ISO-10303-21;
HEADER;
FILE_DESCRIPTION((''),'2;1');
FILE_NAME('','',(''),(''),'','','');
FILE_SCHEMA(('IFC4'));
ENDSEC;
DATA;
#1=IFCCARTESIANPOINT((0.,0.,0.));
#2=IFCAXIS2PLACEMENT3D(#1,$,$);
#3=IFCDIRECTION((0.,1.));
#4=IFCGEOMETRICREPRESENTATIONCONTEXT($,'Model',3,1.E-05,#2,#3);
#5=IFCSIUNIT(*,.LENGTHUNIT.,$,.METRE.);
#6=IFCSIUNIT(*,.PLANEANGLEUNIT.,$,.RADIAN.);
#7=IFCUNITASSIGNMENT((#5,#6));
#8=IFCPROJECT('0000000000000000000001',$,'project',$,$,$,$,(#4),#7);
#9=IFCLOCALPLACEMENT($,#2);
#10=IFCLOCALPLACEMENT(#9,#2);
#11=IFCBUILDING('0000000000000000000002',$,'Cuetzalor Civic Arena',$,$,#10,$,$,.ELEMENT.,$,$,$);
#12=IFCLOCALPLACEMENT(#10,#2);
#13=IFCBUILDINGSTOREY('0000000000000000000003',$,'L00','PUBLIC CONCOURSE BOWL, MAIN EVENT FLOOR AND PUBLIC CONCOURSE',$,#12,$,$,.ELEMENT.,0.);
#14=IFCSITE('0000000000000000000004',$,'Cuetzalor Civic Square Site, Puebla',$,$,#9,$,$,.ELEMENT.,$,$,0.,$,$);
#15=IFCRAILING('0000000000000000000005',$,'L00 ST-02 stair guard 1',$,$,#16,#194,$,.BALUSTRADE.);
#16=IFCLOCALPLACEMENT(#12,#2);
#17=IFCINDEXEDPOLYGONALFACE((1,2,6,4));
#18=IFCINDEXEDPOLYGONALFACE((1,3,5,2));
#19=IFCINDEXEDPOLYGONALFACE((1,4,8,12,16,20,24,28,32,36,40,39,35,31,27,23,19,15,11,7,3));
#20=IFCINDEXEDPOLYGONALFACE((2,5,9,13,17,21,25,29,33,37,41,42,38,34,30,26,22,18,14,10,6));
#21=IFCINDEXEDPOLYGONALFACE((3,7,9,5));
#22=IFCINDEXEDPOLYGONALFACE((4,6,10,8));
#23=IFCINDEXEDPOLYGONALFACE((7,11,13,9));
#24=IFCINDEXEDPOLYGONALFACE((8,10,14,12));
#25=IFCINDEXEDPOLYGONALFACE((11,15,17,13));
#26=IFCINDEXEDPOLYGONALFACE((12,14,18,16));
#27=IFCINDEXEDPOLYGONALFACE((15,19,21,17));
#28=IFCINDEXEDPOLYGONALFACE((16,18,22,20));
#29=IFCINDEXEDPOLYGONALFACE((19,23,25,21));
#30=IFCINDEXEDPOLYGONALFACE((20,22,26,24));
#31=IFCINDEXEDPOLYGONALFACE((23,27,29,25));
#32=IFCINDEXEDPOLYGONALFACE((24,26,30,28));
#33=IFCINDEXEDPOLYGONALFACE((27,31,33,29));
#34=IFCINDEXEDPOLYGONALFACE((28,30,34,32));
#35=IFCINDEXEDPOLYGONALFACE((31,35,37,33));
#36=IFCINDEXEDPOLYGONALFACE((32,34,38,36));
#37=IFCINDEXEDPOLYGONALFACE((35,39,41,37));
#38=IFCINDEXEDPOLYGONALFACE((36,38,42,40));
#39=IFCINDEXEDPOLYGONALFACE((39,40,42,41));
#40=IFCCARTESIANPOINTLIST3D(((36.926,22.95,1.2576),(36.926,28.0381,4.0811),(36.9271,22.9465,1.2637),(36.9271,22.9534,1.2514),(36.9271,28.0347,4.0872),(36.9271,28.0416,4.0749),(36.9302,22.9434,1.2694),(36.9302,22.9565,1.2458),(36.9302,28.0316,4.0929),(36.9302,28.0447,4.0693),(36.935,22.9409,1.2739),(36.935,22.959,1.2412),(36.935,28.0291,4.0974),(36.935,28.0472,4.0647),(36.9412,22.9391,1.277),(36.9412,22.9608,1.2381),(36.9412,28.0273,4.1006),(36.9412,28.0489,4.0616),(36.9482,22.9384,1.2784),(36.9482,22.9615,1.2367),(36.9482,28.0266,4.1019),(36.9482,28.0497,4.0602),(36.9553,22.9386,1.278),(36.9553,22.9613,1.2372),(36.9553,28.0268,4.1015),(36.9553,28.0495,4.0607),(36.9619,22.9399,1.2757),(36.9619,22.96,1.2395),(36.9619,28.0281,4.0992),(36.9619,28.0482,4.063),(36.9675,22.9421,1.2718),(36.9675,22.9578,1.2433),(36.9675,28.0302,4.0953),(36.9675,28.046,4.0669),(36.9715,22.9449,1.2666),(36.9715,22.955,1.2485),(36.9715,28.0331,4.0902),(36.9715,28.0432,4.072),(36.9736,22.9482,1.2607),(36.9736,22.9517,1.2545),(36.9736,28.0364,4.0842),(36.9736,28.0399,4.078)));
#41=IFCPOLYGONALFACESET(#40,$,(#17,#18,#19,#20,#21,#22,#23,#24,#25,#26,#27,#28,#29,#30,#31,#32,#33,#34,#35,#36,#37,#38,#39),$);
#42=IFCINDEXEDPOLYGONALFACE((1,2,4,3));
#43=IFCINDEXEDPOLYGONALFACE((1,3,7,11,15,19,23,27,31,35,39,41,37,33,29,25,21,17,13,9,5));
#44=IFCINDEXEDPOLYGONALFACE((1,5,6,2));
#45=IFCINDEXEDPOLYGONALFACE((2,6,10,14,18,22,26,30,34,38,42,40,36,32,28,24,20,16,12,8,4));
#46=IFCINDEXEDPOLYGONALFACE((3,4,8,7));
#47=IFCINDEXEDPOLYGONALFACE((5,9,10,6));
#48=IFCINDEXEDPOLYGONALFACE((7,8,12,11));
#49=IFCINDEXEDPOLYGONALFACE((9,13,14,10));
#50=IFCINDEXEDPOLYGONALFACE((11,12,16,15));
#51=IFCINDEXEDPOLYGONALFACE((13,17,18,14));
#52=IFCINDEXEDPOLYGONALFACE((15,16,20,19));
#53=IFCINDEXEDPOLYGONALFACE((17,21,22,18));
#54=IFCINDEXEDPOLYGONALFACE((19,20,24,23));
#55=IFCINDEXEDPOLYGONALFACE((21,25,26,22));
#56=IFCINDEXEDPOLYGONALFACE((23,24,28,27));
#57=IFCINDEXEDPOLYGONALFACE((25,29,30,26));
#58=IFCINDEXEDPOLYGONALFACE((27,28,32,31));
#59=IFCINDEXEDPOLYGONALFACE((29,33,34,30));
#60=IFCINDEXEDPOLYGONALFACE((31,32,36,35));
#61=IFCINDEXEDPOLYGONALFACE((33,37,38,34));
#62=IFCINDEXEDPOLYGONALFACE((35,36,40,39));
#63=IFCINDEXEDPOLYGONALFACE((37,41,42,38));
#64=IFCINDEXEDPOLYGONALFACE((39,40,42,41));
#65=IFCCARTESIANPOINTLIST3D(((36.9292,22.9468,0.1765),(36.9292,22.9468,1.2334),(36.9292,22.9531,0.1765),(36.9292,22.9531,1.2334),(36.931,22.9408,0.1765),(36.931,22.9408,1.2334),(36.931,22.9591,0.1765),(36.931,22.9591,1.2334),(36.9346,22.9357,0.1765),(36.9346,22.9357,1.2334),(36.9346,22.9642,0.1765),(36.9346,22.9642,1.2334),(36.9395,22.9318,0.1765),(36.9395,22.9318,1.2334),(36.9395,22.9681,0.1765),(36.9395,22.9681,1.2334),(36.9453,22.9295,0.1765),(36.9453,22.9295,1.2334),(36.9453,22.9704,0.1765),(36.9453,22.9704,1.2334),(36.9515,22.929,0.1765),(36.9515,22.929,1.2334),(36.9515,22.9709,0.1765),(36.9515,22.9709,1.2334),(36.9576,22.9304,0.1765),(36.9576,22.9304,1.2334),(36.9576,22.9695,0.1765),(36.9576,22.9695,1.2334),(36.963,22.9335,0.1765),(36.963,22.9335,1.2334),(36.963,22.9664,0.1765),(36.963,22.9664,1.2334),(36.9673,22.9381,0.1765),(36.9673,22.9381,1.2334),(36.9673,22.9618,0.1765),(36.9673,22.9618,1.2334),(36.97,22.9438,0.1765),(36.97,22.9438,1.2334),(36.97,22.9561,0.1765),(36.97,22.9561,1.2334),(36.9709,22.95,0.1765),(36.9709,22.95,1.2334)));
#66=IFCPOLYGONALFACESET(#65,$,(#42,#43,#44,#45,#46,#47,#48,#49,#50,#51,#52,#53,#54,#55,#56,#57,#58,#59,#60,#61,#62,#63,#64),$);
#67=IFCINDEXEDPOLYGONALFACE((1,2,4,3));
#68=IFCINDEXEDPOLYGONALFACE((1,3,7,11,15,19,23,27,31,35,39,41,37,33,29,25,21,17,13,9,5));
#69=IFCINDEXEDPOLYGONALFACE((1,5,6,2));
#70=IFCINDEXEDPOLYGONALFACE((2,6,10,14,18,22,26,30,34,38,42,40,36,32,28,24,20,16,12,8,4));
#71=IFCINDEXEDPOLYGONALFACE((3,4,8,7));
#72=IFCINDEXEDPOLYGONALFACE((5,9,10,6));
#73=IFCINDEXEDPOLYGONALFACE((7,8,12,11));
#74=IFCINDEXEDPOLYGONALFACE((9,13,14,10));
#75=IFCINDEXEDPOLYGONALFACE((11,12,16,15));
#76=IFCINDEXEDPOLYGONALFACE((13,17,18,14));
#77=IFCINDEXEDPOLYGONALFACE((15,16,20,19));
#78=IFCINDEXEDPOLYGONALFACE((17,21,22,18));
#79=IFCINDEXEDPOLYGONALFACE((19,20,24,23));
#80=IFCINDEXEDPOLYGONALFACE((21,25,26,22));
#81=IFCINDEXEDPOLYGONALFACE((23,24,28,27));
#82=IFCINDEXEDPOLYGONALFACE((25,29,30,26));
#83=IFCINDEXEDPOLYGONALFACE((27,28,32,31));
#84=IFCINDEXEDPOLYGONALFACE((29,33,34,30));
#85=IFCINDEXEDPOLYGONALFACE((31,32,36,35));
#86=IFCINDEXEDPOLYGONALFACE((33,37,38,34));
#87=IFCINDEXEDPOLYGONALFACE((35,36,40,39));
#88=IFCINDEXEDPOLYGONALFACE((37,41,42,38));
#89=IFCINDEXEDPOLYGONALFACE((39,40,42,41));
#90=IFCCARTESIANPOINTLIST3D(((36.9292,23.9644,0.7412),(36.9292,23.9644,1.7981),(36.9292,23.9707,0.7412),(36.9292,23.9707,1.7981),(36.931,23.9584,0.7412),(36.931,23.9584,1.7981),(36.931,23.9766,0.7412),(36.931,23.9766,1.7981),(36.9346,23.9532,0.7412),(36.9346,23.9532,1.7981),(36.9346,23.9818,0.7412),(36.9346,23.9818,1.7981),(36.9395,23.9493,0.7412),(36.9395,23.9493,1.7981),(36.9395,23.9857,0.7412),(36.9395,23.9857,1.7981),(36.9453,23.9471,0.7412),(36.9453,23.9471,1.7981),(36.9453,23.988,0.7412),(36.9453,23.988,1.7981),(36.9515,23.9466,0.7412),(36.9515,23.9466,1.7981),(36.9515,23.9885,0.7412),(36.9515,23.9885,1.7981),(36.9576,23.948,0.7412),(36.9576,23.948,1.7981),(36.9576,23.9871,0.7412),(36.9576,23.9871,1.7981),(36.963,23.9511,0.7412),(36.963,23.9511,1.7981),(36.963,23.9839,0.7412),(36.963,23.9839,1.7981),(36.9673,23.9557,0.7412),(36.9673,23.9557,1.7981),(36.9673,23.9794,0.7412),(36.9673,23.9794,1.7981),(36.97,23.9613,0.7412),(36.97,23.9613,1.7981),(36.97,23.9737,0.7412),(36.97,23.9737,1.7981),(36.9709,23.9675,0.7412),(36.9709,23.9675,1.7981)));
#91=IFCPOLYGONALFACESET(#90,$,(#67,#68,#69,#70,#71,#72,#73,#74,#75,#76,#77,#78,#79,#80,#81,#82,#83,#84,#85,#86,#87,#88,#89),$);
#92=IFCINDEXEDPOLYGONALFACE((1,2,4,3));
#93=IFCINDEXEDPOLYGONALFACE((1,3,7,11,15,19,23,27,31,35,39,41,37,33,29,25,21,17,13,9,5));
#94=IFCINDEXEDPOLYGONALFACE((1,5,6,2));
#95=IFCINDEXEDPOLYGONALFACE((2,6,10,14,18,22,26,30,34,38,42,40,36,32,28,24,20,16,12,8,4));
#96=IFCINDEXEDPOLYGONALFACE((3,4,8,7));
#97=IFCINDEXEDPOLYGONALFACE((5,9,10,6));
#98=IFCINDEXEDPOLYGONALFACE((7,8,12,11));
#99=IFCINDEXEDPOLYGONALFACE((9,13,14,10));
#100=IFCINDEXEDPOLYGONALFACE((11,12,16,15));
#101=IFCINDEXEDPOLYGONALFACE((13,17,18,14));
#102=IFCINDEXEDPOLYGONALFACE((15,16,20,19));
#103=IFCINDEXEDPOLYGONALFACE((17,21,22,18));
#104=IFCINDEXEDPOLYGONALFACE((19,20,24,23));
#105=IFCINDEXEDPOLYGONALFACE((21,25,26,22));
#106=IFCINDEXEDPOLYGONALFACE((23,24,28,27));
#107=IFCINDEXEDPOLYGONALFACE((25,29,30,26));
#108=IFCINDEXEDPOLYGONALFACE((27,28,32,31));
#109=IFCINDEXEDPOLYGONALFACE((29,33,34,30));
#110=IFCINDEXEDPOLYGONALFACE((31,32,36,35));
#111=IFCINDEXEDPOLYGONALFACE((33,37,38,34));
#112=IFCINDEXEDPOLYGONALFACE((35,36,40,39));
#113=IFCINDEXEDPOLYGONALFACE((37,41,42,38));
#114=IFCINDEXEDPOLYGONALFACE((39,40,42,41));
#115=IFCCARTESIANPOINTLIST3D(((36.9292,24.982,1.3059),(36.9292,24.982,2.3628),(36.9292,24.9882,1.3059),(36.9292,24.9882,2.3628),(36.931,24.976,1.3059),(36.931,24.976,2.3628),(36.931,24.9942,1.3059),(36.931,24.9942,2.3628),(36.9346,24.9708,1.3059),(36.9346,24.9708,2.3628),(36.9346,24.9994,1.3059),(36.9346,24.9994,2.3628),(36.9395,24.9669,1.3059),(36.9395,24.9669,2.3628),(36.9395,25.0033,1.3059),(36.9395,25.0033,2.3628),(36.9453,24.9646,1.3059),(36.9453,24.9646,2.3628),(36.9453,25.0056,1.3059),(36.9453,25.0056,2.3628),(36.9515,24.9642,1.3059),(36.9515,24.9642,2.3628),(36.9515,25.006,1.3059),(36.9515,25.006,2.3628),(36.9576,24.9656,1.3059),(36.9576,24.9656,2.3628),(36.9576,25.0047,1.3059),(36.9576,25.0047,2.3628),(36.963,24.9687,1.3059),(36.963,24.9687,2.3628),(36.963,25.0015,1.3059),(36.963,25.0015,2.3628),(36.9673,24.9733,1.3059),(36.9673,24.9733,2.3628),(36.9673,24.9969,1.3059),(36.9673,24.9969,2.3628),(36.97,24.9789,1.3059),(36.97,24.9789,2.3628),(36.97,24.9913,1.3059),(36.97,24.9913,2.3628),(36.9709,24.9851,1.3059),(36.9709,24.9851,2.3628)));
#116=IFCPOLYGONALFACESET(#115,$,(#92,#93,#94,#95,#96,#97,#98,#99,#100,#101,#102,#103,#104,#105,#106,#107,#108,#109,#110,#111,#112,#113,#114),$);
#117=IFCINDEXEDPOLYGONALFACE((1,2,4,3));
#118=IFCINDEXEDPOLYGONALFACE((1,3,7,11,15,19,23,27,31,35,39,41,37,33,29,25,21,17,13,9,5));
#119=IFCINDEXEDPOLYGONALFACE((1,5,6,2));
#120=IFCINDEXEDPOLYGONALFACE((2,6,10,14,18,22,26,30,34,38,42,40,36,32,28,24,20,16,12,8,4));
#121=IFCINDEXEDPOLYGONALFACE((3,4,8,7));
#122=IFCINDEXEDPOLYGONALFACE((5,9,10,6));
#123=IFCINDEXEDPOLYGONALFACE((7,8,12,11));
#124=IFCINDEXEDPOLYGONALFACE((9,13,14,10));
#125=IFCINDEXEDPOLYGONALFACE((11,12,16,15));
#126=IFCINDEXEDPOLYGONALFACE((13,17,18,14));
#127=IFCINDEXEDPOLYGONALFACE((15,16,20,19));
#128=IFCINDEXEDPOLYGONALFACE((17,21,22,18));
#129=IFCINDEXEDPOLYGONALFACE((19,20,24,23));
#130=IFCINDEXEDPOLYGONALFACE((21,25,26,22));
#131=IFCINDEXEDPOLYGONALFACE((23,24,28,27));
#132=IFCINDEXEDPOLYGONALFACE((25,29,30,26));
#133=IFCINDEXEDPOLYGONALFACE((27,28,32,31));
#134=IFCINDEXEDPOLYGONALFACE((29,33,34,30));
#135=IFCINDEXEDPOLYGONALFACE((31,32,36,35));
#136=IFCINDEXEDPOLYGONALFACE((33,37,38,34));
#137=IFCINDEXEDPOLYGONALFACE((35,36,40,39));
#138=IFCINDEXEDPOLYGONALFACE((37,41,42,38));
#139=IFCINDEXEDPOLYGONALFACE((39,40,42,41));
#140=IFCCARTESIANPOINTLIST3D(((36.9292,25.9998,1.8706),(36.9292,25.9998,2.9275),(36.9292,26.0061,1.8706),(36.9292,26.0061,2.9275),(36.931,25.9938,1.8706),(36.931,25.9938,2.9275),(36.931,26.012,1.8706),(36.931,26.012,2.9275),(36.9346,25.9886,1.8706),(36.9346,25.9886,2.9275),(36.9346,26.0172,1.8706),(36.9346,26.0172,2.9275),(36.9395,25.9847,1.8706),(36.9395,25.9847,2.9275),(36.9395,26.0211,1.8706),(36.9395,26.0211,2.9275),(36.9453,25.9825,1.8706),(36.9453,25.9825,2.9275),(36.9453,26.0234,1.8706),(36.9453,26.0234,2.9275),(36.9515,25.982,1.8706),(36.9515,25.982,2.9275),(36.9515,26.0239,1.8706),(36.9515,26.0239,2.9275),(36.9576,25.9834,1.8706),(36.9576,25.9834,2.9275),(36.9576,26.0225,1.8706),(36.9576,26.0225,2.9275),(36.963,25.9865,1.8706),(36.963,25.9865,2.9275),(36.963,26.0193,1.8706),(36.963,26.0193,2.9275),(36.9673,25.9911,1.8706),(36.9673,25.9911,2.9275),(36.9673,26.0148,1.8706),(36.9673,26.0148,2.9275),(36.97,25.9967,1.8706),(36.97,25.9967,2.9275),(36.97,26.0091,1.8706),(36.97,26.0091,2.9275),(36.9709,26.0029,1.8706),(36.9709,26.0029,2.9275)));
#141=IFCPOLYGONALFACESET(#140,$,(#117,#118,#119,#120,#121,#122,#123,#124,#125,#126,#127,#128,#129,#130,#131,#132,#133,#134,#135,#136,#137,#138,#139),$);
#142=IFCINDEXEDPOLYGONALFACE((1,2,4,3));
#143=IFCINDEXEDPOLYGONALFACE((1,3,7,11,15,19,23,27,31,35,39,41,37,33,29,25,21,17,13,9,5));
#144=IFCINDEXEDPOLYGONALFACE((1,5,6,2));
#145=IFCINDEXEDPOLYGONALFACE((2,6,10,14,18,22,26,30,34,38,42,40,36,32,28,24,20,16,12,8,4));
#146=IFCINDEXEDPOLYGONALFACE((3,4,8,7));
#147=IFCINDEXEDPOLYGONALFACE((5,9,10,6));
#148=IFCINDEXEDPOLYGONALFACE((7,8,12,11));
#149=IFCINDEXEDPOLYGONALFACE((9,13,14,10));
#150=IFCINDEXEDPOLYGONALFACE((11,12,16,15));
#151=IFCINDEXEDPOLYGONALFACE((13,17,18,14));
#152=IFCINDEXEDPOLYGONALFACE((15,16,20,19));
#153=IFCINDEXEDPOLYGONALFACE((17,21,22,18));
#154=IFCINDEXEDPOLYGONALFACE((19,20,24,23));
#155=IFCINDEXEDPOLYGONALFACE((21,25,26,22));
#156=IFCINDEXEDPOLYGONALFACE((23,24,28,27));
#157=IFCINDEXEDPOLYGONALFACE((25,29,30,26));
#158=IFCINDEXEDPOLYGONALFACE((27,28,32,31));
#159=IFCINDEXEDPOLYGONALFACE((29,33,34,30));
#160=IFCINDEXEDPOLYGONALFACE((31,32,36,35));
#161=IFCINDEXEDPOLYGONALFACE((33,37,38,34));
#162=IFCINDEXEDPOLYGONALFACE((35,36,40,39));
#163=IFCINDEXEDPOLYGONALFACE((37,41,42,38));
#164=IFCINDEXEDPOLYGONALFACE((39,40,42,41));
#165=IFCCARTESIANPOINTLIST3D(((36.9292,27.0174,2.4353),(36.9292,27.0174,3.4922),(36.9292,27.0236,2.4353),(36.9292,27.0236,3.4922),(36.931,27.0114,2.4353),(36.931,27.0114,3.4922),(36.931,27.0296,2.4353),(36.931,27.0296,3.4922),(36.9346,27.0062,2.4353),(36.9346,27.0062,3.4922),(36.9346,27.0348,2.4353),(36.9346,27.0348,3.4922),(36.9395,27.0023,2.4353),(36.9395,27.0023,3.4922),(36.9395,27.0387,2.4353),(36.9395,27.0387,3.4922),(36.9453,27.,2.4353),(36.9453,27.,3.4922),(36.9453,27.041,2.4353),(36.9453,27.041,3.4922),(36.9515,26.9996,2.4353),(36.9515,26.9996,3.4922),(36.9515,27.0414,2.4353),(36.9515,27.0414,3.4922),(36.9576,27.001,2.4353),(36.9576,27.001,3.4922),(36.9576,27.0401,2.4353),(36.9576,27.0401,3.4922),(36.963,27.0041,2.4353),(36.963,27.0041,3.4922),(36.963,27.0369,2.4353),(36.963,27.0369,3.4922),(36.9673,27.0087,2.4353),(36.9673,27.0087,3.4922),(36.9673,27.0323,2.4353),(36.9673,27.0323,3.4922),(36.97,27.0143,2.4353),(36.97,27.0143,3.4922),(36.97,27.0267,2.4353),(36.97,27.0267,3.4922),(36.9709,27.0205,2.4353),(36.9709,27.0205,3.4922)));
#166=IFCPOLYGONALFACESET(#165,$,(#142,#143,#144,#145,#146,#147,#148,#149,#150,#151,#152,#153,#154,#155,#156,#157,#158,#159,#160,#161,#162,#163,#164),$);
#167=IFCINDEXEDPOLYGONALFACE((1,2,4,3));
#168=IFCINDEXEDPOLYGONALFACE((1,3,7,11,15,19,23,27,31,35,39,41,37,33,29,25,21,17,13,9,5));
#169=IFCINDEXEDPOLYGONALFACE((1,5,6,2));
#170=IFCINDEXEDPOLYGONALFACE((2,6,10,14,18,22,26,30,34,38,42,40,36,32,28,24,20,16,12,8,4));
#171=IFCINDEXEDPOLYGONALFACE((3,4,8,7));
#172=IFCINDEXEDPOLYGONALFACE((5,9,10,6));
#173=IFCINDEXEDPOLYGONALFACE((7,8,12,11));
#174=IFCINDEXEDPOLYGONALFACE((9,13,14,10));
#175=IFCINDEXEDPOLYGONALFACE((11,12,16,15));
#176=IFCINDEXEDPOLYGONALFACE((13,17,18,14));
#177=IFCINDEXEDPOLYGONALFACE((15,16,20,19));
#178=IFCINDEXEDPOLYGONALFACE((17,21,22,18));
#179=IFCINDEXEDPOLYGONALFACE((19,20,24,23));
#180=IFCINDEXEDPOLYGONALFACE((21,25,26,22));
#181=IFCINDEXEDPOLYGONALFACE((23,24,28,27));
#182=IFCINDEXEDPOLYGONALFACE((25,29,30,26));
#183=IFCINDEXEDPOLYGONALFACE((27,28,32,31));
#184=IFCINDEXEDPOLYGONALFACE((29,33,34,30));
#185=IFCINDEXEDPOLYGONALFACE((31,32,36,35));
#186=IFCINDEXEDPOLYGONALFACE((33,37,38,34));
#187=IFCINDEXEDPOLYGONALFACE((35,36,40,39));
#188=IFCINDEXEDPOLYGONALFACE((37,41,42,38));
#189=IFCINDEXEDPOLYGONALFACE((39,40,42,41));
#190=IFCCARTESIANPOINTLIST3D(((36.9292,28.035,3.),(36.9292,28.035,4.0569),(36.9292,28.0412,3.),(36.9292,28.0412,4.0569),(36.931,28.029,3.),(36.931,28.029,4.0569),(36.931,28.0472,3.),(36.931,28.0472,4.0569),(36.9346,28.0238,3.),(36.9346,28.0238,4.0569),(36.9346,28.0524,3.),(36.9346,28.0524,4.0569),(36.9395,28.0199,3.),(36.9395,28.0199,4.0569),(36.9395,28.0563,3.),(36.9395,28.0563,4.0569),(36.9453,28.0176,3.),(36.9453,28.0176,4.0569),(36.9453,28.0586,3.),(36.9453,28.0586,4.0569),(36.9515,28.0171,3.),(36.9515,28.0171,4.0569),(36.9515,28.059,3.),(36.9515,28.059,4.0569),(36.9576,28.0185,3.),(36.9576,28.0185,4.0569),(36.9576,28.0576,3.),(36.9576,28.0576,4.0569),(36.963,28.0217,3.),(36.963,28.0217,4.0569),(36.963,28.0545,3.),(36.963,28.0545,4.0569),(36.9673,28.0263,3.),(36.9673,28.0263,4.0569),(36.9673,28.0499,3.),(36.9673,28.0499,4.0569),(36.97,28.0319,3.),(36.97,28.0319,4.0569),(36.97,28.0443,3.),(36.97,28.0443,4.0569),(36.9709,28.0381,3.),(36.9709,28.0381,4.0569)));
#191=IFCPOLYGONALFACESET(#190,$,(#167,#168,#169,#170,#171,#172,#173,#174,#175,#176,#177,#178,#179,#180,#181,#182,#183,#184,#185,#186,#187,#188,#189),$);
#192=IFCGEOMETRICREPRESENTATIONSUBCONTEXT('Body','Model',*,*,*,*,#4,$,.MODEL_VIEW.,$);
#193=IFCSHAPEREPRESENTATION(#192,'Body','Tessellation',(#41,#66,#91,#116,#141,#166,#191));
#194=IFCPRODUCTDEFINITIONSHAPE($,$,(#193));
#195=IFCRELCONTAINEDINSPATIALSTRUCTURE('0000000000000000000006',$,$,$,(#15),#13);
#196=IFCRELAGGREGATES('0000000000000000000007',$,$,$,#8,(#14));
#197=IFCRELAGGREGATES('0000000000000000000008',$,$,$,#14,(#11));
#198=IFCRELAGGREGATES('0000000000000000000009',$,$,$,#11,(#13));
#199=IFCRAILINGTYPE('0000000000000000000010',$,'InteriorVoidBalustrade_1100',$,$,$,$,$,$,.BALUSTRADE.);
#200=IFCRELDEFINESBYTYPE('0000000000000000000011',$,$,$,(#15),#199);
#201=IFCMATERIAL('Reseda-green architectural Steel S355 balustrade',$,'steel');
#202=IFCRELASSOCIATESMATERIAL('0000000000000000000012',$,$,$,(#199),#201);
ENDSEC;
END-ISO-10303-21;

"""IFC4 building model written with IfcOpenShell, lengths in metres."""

from ifc_helpers import new_model, si_unit, direction, frame, origin, origin_2d, place, context, subcontext, project, spatial, circle, extrude, material, type_object, element, save


model = new_model("IFC4")

# Units and contexts
model_context = context("Model", 3, precision=1e-05, world=origin(), true_north=direction((0.0, 1.0)))
body_context = subcontext(model_context, "Body", "Model", "MODEL_VIEW")
ifc_project = project(units=[si_unit("LENGTHUNIT", "METRE"), si_unit("PLANEANGLEUNIT", "RADIAN")], contexts=[model_context])

# Site, building, storey
site_placement = place(None, origin())
site = spatial("IfcSite", under=ifc_project, at=site_placement, Name="Cuetzalor Civic Square Site, Puebla", CompositionType="ELEMENT", RefElevation=0.0)
building_placement = place(site_placement, origin())
building = spatial("IfcBuilding", under=site, at=building_placement, Name="Cuetzalor Civic Arena", CompositionType="ELEMENT")
storey_placement = place(building_placement, origin())
storey = spatial("IfcBuildingStorey", under=building, at=storey_placement, Name="L00", Description="PUBLIC CONCOURSE BOWL, MAIN EVENT FLOOR AND PUBLIC CONCOURSE", CompositionType="ELEMENT", Elevation=0.0)

# Railing
ifc_material_1 = material(Name="Reseda-green architectural Steel S355 balustrade", Category="steel")
railing_type_1 = type_object("IfcRailingType", Name="InteriorVoidBalustrade_1100", PredefinedType="BALUSTRADE", material=ifc_material_1)
railing_1_placement = place(storey_placement, frame((36.95, 22.95, 0.1765)))
element("IfcRailing", 1, at=railing_1_placement, inside=storey, type_object=railing_type_1, Name="L00 ST-02 stair guard 1", PredefinedType="BALUSTRADE", context=body_context, shape_type="SweptSolid", body=[
    extrude(circle(Radius=0.0239, at=origin_2d()), frame((0.0, 0.0, 1.0811), z_axis=(0.0, 0.874395, 0.485215), x_axis=(-1.0, 0.0, 0.0)), (0.0, 0.0, 1.0), 5.8191),
    extrude(circle(Radius=0.021, at=origin_2d()), origin(), (0.0, 0.0, 1.0), 1.0569),
    extrude(circle(Radius=0.021, at=origin_2d()), frame((0.0, 1.0176, 0.5647)), (0.0, 0.0, 1.0), 1.0569),
    extrude(circle(Radius=0.021, at=origin_2d()), frame((0.0, 2.0352, 1.1294)), (0.0, 0.0, 1.0), 1.0569),
    extrude(circle(Radius=0.021, at=origin_2d()), frame((0.0, 3.053, 1.6941)), (0.0, 0.0, 1.0), 1.0569),
    extrude(circle(Radius=0.021, at=origin_2d()), frame((0.0, 4.0706, 2.2588)), (0.0, 0.0, 1.0), 1.0569),
    extrude(circle(Radius=0.021, at=origin_2d()), frame((0.0, 5.0881, 2.8235)), (0.0, 0.0, 1.0), 1.0569),
])

save(model, "model.ifc")
